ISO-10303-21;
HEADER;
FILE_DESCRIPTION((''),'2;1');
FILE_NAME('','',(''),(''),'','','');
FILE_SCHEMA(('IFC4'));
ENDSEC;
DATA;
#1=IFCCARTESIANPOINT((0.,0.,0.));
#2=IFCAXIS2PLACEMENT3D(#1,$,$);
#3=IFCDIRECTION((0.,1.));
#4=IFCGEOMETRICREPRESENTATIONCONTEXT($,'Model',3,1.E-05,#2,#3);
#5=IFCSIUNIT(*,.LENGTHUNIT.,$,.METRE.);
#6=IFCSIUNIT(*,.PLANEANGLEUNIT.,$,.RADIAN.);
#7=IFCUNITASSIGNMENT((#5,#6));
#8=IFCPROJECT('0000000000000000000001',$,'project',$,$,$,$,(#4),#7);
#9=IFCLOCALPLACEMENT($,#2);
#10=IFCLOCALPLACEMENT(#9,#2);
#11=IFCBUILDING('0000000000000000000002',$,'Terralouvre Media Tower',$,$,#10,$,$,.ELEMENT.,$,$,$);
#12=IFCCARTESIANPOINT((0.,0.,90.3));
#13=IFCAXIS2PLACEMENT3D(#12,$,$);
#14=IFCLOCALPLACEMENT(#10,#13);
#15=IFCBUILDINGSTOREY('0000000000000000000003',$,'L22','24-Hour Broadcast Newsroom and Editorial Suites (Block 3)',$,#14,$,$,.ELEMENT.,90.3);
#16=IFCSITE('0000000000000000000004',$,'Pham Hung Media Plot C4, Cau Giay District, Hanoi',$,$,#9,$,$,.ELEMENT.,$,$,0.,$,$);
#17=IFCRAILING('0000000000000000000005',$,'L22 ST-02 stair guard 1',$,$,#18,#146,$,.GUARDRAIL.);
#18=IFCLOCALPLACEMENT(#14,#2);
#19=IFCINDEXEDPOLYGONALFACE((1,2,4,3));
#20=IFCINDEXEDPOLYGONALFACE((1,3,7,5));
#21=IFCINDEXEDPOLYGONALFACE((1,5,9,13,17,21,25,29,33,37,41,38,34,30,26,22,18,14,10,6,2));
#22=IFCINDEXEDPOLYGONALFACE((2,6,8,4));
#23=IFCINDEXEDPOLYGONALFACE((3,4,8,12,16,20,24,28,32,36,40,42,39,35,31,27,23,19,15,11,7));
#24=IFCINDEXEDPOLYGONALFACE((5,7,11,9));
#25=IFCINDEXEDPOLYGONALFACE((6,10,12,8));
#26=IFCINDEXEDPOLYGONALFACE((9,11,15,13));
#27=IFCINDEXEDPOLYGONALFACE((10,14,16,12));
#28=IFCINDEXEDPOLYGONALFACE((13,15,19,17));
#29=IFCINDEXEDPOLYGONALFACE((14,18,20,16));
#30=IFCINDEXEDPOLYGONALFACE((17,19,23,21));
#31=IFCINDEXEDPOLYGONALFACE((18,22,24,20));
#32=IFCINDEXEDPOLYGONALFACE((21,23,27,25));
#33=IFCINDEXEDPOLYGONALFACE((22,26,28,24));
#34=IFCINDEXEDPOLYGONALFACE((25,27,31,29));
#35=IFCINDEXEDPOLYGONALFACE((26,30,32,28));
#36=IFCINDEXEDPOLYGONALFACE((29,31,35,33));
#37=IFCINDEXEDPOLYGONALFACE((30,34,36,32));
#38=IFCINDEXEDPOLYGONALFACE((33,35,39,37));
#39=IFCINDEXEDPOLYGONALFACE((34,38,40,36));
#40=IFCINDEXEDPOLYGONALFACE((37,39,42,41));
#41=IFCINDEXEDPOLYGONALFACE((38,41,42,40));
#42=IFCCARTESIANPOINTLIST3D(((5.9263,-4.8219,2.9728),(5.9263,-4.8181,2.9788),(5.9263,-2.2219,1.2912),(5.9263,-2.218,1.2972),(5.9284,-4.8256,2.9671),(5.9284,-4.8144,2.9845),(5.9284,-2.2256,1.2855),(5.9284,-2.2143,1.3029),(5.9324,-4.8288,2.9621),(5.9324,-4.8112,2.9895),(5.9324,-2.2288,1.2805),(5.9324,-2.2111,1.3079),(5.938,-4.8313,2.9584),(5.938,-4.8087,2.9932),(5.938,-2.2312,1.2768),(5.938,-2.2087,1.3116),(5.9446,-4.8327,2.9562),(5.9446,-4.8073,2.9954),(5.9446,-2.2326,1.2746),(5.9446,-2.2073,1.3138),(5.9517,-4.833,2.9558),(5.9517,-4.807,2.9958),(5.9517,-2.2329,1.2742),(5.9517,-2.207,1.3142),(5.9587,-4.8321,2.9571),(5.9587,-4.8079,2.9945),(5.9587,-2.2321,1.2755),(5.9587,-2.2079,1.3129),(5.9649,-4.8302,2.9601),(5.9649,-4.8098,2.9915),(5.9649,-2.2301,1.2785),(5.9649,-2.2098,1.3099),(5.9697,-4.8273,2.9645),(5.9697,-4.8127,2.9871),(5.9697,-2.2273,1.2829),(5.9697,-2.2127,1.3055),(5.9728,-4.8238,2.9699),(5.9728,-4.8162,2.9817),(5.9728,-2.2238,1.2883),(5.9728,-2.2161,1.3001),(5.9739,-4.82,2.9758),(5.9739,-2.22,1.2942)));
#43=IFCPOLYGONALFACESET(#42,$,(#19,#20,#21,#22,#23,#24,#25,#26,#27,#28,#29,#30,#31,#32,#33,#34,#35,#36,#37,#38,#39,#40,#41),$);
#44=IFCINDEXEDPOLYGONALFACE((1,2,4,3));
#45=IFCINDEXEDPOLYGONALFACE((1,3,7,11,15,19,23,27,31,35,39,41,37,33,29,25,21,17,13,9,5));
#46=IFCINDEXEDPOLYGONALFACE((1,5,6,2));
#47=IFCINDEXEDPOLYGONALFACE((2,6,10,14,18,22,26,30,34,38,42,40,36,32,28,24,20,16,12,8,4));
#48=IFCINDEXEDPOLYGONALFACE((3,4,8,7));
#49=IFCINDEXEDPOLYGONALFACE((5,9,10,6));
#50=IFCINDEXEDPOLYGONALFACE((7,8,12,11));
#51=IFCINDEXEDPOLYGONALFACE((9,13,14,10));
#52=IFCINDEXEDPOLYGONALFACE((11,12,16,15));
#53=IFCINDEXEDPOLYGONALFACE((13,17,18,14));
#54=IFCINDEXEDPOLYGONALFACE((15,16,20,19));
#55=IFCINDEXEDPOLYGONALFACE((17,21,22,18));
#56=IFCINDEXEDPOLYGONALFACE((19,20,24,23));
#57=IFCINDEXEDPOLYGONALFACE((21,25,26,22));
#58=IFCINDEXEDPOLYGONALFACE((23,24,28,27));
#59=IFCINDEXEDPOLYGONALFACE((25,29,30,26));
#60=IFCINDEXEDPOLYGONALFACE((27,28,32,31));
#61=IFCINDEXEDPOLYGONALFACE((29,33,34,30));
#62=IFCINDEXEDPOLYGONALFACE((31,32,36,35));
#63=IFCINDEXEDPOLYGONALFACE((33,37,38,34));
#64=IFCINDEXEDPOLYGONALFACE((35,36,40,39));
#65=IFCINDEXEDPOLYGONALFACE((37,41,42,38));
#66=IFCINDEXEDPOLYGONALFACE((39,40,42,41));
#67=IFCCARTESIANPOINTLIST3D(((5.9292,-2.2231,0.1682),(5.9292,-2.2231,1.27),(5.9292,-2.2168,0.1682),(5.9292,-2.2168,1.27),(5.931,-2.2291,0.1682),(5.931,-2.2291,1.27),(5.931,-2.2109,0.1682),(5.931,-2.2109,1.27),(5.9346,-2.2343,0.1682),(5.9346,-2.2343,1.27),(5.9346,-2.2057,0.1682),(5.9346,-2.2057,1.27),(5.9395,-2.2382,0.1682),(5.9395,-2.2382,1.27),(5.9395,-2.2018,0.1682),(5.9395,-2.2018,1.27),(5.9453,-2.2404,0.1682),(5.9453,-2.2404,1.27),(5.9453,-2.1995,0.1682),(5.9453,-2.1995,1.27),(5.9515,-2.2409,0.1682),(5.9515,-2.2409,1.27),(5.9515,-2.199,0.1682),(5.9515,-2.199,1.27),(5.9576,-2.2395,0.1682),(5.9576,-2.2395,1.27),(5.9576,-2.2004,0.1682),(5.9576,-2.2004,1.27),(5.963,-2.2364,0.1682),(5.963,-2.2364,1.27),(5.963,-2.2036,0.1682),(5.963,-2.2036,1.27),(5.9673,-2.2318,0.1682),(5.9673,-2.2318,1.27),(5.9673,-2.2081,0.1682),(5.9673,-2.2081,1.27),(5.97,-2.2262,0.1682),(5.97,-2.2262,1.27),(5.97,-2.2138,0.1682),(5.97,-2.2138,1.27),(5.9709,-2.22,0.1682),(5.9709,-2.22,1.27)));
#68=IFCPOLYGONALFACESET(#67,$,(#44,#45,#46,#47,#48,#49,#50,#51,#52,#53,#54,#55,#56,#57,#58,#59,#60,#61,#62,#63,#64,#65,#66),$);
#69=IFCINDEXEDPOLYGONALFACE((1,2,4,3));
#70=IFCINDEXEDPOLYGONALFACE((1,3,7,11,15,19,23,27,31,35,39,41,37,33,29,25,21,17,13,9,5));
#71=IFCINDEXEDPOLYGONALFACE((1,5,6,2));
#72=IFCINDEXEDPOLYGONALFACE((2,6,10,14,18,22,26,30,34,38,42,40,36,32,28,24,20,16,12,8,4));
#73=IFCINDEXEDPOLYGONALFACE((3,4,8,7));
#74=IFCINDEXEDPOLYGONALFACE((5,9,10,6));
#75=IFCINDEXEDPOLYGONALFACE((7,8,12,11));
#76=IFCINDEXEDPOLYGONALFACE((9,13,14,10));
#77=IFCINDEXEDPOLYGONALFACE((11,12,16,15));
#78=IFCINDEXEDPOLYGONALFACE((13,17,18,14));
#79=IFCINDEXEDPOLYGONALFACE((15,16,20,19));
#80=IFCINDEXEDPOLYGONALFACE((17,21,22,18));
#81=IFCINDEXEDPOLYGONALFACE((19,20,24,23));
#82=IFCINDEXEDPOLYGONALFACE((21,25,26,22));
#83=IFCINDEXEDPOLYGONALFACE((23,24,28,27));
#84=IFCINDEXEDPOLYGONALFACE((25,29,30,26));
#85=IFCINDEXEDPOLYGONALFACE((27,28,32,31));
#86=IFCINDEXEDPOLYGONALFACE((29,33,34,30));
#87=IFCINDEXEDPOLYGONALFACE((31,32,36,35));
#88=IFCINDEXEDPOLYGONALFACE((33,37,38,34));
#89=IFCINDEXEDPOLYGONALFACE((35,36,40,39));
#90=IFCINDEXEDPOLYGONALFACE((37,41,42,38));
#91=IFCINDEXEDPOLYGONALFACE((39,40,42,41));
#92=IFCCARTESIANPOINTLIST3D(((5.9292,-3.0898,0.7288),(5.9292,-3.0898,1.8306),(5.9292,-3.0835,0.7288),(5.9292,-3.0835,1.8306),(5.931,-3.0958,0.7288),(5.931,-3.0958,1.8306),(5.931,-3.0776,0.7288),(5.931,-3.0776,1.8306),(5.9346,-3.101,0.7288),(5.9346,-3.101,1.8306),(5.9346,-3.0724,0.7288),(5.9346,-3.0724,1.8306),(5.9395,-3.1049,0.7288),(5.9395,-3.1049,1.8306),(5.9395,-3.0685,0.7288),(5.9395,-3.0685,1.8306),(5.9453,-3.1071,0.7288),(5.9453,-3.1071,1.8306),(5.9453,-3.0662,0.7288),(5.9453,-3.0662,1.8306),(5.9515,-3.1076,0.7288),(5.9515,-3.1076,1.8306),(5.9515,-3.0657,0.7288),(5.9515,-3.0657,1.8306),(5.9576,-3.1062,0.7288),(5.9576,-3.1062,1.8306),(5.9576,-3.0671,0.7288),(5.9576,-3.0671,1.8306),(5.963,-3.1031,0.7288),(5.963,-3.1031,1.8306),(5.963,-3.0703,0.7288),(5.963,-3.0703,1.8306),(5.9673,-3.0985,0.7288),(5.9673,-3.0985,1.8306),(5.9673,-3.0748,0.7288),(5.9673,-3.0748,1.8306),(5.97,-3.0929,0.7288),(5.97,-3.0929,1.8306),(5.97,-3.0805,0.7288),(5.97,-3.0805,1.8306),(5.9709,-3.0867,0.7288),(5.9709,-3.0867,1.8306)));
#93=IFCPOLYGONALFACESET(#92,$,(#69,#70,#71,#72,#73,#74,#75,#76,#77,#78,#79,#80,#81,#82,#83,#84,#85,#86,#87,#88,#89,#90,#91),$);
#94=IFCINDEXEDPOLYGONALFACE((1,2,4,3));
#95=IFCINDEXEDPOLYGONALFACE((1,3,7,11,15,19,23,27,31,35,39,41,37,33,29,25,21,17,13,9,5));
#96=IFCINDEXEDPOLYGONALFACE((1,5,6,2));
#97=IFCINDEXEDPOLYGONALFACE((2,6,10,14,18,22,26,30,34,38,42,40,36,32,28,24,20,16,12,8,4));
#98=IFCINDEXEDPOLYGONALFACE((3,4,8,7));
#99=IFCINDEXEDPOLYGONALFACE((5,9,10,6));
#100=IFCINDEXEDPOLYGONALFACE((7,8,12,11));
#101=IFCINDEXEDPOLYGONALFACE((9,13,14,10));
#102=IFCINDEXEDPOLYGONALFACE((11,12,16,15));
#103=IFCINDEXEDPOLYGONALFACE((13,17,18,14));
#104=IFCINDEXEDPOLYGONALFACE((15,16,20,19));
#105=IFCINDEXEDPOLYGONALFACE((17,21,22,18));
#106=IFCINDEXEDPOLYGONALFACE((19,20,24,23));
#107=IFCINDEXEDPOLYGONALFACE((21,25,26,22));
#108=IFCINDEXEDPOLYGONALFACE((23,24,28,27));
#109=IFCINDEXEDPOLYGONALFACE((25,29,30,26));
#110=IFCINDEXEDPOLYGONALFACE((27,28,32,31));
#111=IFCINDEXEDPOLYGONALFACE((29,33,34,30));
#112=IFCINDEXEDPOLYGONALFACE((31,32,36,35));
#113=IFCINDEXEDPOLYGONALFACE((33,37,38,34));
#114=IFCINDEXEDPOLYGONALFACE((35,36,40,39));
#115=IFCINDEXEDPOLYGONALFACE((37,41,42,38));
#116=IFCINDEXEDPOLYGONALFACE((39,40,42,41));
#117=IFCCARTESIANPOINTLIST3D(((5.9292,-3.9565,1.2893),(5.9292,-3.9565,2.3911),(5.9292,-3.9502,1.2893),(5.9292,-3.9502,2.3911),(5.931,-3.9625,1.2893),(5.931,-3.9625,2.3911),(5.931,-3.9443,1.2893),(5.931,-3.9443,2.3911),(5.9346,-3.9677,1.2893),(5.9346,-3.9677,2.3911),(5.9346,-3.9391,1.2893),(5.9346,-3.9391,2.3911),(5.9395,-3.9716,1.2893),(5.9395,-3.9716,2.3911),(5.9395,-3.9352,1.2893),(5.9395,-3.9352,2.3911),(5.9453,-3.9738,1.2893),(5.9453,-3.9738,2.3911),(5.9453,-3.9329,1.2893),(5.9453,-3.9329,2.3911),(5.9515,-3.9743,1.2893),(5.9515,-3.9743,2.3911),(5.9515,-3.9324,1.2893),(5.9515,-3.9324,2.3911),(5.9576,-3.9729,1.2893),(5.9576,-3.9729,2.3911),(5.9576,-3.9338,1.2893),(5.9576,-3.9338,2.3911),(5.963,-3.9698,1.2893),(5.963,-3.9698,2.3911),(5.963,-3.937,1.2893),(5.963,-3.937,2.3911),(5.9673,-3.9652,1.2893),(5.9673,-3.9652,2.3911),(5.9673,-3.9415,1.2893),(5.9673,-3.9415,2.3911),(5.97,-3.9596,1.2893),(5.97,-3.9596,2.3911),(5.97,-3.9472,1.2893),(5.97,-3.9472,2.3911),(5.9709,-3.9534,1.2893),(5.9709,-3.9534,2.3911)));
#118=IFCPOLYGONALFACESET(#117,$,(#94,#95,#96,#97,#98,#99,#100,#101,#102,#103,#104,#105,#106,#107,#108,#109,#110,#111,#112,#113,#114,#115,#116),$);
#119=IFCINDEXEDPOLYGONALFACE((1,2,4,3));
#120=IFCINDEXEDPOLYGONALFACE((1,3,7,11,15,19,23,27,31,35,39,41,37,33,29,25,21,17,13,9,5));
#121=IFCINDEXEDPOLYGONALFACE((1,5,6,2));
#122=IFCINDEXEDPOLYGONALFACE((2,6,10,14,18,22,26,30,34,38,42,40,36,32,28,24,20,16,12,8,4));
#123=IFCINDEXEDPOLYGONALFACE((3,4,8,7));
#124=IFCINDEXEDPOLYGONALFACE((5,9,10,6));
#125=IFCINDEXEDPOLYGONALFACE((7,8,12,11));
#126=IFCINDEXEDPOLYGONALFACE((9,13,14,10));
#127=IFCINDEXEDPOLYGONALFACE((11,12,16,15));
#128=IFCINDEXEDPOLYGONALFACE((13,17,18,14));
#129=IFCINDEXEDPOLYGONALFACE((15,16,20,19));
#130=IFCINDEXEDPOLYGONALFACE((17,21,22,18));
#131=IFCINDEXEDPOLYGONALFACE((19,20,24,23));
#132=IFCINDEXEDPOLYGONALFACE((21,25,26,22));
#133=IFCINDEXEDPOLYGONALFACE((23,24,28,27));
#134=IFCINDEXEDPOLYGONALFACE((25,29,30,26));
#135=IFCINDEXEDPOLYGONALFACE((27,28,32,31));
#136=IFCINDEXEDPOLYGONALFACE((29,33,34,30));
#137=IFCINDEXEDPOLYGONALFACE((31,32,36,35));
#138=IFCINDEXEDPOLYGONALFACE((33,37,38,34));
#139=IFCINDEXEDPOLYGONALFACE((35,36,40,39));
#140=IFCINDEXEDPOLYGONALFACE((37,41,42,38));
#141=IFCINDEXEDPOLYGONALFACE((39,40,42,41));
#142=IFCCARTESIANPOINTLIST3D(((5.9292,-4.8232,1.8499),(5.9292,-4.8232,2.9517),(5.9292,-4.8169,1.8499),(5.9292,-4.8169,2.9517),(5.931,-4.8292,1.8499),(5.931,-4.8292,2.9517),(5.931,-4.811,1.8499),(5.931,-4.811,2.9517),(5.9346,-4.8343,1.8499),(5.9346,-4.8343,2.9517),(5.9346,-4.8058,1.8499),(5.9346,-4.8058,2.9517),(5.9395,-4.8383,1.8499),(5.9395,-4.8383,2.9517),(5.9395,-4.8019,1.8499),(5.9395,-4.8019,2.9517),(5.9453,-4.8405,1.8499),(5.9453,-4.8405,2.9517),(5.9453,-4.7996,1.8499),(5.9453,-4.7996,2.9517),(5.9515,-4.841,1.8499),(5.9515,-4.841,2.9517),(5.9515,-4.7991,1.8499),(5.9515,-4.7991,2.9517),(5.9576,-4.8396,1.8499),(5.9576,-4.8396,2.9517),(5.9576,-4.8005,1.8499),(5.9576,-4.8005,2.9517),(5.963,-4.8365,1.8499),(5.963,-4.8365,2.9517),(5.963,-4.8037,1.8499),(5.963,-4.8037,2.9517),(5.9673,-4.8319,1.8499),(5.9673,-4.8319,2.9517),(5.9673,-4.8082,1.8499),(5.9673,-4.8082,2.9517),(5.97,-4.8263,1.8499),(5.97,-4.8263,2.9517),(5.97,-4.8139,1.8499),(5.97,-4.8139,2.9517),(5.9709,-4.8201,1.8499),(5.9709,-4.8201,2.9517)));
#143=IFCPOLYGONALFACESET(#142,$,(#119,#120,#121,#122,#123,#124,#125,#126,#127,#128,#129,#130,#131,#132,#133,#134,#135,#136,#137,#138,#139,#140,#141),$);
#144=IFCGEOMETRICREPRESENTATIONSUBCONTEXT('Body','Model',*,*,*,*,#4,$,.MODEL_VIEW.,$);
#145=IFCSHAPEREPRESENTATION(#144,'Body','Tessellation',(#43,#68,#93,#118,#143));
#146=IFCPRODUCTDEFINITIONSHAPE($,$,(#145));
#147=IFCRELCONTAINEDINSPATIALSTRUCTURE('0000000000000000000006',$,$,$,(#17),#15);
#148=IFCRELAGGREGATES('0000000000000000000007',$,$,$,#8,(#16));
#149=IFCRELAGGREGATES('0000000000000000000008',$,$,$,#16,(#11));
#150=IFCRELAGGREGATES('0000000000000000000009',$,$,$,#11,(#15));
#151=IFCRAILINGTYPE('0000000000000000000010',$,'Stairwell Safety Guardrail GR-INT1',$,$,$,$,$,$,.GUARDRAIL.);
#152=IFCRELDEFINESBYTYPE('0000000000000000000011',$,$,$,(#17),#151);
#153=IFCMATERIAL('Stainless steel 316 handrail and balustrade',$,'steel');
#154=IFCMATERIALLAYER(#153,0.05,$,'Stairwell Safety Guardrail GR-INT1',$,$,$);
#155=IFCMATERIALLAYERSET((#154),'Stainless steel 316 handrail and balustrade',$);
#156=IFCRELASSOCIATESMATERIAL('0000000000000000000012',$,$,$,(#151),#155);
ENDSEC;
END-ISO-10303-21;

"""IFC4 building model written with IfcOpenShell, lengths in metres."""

from ifc_helpers import new_model, si_unit, direction, frame, origin, origin_2d, place, context, subcontext, project, spatial, circle, extrude, material, layer, layer_set, type_object, element, save


model = new_model("IFC4")

# Units and contexts
model_context = context("Model", 3, precision=1e-05, world=origin(), true_north=direction((0.0, 1.0)))
body_context = subcontext(model_context, "Body", "Model", "MODEL_VIEW")
ifc_project = project(units=[si_unit("LENGTHUNIT", "METRE"), si_unit("PLANEANGLEUNIT", "RADIAN")], contexts=[model_context])

# Site, building, storey
site_placement = place(None, origin())
site = spatial("IfcSite", under=ifc_project, at=site_placement, Name="Pham Hung Media Plot C4, Cau Giay District, Hanoi", CompositionType="ELEMENT", RefElevation=0.0)
building_placement = place(site_placement, origin())
building = spatial("IfcBuilding", under=site, at=building_placement, Name="Terralouvre Media Tower", CompositionType="ELEMENT")
storey_placement = place(building_placement, frame((0.0, 0.0, 90.3)))
storey = spatial("IfcBuildingStorey", under=building, at=storey_placement, Name="L22", Description="24-Hour Broadcast Newsroom and Editorial Suites (Block 3)", CompositionType="ELEMENT", Elevation=90.3)

# Railing
ifc_material_1 = material(Name="Stainless steel 316 handrail and balustrade", Category="steel")
ifc_layer_1 = layer(ifc_material_1, 0.05, Name="Stairwell Safety Guardrail GR-INT1")
ifc_layer_set_1 = layer_set([ifc_layer_1], Name="Stainless steel 316 handrail and balustrade")
railing_type_1 = type_object("IfcRailingType", Name="Stairwell Safety Guardrail GR-INT1", PredefinedType="GUARDRAIL", material=ifc_layer_set_1)
railing_1_placement = place(storey_placement, frame((5.95, -2.22, 0.1682)))
element("IfcRailing", 1, at=railing_1_placement, inside=storey, type_object=railing_type_1, Name="L22 ST-02 stair guard 1", PredefinedType="GUARDRAIL", context=body_context, shape_type="SweptSolid", body=[
    extrude(circle(Radius=0.0239, at=origin_2d()), frame((0.0, 0.0, 1.126), z_axis=(0.0, -0.839684, 0.543075), x_axis=(1.0, 0.0, 0.0)), (0.0, 0.0, 1.0), 3.0964),
    extrude(circle(Radius=0.021, at=origin_2d()), origin(), (0.0, 0.0, 1.0), 1.1018),
    extrude(circle(Radius=0.021, at=origin_2d()), frame((0.0, -0.8667, 0.5605)), (0.0, 0.0, 1.0), 1.1018),
    extrude(circle(Radius=0.021, at=origin_2d()), frame((0.0, -1.7334, 1.1211)), (0.0, 0.0, 1.0), 1.1018),
    extrude(circle(Radius=0.021, at=origin_2d()), frame((0.0, -2.6001, 1.6816)), (0.0, 0.0, 1.0), 1.1018),
])

save(model, "model.ifc")
